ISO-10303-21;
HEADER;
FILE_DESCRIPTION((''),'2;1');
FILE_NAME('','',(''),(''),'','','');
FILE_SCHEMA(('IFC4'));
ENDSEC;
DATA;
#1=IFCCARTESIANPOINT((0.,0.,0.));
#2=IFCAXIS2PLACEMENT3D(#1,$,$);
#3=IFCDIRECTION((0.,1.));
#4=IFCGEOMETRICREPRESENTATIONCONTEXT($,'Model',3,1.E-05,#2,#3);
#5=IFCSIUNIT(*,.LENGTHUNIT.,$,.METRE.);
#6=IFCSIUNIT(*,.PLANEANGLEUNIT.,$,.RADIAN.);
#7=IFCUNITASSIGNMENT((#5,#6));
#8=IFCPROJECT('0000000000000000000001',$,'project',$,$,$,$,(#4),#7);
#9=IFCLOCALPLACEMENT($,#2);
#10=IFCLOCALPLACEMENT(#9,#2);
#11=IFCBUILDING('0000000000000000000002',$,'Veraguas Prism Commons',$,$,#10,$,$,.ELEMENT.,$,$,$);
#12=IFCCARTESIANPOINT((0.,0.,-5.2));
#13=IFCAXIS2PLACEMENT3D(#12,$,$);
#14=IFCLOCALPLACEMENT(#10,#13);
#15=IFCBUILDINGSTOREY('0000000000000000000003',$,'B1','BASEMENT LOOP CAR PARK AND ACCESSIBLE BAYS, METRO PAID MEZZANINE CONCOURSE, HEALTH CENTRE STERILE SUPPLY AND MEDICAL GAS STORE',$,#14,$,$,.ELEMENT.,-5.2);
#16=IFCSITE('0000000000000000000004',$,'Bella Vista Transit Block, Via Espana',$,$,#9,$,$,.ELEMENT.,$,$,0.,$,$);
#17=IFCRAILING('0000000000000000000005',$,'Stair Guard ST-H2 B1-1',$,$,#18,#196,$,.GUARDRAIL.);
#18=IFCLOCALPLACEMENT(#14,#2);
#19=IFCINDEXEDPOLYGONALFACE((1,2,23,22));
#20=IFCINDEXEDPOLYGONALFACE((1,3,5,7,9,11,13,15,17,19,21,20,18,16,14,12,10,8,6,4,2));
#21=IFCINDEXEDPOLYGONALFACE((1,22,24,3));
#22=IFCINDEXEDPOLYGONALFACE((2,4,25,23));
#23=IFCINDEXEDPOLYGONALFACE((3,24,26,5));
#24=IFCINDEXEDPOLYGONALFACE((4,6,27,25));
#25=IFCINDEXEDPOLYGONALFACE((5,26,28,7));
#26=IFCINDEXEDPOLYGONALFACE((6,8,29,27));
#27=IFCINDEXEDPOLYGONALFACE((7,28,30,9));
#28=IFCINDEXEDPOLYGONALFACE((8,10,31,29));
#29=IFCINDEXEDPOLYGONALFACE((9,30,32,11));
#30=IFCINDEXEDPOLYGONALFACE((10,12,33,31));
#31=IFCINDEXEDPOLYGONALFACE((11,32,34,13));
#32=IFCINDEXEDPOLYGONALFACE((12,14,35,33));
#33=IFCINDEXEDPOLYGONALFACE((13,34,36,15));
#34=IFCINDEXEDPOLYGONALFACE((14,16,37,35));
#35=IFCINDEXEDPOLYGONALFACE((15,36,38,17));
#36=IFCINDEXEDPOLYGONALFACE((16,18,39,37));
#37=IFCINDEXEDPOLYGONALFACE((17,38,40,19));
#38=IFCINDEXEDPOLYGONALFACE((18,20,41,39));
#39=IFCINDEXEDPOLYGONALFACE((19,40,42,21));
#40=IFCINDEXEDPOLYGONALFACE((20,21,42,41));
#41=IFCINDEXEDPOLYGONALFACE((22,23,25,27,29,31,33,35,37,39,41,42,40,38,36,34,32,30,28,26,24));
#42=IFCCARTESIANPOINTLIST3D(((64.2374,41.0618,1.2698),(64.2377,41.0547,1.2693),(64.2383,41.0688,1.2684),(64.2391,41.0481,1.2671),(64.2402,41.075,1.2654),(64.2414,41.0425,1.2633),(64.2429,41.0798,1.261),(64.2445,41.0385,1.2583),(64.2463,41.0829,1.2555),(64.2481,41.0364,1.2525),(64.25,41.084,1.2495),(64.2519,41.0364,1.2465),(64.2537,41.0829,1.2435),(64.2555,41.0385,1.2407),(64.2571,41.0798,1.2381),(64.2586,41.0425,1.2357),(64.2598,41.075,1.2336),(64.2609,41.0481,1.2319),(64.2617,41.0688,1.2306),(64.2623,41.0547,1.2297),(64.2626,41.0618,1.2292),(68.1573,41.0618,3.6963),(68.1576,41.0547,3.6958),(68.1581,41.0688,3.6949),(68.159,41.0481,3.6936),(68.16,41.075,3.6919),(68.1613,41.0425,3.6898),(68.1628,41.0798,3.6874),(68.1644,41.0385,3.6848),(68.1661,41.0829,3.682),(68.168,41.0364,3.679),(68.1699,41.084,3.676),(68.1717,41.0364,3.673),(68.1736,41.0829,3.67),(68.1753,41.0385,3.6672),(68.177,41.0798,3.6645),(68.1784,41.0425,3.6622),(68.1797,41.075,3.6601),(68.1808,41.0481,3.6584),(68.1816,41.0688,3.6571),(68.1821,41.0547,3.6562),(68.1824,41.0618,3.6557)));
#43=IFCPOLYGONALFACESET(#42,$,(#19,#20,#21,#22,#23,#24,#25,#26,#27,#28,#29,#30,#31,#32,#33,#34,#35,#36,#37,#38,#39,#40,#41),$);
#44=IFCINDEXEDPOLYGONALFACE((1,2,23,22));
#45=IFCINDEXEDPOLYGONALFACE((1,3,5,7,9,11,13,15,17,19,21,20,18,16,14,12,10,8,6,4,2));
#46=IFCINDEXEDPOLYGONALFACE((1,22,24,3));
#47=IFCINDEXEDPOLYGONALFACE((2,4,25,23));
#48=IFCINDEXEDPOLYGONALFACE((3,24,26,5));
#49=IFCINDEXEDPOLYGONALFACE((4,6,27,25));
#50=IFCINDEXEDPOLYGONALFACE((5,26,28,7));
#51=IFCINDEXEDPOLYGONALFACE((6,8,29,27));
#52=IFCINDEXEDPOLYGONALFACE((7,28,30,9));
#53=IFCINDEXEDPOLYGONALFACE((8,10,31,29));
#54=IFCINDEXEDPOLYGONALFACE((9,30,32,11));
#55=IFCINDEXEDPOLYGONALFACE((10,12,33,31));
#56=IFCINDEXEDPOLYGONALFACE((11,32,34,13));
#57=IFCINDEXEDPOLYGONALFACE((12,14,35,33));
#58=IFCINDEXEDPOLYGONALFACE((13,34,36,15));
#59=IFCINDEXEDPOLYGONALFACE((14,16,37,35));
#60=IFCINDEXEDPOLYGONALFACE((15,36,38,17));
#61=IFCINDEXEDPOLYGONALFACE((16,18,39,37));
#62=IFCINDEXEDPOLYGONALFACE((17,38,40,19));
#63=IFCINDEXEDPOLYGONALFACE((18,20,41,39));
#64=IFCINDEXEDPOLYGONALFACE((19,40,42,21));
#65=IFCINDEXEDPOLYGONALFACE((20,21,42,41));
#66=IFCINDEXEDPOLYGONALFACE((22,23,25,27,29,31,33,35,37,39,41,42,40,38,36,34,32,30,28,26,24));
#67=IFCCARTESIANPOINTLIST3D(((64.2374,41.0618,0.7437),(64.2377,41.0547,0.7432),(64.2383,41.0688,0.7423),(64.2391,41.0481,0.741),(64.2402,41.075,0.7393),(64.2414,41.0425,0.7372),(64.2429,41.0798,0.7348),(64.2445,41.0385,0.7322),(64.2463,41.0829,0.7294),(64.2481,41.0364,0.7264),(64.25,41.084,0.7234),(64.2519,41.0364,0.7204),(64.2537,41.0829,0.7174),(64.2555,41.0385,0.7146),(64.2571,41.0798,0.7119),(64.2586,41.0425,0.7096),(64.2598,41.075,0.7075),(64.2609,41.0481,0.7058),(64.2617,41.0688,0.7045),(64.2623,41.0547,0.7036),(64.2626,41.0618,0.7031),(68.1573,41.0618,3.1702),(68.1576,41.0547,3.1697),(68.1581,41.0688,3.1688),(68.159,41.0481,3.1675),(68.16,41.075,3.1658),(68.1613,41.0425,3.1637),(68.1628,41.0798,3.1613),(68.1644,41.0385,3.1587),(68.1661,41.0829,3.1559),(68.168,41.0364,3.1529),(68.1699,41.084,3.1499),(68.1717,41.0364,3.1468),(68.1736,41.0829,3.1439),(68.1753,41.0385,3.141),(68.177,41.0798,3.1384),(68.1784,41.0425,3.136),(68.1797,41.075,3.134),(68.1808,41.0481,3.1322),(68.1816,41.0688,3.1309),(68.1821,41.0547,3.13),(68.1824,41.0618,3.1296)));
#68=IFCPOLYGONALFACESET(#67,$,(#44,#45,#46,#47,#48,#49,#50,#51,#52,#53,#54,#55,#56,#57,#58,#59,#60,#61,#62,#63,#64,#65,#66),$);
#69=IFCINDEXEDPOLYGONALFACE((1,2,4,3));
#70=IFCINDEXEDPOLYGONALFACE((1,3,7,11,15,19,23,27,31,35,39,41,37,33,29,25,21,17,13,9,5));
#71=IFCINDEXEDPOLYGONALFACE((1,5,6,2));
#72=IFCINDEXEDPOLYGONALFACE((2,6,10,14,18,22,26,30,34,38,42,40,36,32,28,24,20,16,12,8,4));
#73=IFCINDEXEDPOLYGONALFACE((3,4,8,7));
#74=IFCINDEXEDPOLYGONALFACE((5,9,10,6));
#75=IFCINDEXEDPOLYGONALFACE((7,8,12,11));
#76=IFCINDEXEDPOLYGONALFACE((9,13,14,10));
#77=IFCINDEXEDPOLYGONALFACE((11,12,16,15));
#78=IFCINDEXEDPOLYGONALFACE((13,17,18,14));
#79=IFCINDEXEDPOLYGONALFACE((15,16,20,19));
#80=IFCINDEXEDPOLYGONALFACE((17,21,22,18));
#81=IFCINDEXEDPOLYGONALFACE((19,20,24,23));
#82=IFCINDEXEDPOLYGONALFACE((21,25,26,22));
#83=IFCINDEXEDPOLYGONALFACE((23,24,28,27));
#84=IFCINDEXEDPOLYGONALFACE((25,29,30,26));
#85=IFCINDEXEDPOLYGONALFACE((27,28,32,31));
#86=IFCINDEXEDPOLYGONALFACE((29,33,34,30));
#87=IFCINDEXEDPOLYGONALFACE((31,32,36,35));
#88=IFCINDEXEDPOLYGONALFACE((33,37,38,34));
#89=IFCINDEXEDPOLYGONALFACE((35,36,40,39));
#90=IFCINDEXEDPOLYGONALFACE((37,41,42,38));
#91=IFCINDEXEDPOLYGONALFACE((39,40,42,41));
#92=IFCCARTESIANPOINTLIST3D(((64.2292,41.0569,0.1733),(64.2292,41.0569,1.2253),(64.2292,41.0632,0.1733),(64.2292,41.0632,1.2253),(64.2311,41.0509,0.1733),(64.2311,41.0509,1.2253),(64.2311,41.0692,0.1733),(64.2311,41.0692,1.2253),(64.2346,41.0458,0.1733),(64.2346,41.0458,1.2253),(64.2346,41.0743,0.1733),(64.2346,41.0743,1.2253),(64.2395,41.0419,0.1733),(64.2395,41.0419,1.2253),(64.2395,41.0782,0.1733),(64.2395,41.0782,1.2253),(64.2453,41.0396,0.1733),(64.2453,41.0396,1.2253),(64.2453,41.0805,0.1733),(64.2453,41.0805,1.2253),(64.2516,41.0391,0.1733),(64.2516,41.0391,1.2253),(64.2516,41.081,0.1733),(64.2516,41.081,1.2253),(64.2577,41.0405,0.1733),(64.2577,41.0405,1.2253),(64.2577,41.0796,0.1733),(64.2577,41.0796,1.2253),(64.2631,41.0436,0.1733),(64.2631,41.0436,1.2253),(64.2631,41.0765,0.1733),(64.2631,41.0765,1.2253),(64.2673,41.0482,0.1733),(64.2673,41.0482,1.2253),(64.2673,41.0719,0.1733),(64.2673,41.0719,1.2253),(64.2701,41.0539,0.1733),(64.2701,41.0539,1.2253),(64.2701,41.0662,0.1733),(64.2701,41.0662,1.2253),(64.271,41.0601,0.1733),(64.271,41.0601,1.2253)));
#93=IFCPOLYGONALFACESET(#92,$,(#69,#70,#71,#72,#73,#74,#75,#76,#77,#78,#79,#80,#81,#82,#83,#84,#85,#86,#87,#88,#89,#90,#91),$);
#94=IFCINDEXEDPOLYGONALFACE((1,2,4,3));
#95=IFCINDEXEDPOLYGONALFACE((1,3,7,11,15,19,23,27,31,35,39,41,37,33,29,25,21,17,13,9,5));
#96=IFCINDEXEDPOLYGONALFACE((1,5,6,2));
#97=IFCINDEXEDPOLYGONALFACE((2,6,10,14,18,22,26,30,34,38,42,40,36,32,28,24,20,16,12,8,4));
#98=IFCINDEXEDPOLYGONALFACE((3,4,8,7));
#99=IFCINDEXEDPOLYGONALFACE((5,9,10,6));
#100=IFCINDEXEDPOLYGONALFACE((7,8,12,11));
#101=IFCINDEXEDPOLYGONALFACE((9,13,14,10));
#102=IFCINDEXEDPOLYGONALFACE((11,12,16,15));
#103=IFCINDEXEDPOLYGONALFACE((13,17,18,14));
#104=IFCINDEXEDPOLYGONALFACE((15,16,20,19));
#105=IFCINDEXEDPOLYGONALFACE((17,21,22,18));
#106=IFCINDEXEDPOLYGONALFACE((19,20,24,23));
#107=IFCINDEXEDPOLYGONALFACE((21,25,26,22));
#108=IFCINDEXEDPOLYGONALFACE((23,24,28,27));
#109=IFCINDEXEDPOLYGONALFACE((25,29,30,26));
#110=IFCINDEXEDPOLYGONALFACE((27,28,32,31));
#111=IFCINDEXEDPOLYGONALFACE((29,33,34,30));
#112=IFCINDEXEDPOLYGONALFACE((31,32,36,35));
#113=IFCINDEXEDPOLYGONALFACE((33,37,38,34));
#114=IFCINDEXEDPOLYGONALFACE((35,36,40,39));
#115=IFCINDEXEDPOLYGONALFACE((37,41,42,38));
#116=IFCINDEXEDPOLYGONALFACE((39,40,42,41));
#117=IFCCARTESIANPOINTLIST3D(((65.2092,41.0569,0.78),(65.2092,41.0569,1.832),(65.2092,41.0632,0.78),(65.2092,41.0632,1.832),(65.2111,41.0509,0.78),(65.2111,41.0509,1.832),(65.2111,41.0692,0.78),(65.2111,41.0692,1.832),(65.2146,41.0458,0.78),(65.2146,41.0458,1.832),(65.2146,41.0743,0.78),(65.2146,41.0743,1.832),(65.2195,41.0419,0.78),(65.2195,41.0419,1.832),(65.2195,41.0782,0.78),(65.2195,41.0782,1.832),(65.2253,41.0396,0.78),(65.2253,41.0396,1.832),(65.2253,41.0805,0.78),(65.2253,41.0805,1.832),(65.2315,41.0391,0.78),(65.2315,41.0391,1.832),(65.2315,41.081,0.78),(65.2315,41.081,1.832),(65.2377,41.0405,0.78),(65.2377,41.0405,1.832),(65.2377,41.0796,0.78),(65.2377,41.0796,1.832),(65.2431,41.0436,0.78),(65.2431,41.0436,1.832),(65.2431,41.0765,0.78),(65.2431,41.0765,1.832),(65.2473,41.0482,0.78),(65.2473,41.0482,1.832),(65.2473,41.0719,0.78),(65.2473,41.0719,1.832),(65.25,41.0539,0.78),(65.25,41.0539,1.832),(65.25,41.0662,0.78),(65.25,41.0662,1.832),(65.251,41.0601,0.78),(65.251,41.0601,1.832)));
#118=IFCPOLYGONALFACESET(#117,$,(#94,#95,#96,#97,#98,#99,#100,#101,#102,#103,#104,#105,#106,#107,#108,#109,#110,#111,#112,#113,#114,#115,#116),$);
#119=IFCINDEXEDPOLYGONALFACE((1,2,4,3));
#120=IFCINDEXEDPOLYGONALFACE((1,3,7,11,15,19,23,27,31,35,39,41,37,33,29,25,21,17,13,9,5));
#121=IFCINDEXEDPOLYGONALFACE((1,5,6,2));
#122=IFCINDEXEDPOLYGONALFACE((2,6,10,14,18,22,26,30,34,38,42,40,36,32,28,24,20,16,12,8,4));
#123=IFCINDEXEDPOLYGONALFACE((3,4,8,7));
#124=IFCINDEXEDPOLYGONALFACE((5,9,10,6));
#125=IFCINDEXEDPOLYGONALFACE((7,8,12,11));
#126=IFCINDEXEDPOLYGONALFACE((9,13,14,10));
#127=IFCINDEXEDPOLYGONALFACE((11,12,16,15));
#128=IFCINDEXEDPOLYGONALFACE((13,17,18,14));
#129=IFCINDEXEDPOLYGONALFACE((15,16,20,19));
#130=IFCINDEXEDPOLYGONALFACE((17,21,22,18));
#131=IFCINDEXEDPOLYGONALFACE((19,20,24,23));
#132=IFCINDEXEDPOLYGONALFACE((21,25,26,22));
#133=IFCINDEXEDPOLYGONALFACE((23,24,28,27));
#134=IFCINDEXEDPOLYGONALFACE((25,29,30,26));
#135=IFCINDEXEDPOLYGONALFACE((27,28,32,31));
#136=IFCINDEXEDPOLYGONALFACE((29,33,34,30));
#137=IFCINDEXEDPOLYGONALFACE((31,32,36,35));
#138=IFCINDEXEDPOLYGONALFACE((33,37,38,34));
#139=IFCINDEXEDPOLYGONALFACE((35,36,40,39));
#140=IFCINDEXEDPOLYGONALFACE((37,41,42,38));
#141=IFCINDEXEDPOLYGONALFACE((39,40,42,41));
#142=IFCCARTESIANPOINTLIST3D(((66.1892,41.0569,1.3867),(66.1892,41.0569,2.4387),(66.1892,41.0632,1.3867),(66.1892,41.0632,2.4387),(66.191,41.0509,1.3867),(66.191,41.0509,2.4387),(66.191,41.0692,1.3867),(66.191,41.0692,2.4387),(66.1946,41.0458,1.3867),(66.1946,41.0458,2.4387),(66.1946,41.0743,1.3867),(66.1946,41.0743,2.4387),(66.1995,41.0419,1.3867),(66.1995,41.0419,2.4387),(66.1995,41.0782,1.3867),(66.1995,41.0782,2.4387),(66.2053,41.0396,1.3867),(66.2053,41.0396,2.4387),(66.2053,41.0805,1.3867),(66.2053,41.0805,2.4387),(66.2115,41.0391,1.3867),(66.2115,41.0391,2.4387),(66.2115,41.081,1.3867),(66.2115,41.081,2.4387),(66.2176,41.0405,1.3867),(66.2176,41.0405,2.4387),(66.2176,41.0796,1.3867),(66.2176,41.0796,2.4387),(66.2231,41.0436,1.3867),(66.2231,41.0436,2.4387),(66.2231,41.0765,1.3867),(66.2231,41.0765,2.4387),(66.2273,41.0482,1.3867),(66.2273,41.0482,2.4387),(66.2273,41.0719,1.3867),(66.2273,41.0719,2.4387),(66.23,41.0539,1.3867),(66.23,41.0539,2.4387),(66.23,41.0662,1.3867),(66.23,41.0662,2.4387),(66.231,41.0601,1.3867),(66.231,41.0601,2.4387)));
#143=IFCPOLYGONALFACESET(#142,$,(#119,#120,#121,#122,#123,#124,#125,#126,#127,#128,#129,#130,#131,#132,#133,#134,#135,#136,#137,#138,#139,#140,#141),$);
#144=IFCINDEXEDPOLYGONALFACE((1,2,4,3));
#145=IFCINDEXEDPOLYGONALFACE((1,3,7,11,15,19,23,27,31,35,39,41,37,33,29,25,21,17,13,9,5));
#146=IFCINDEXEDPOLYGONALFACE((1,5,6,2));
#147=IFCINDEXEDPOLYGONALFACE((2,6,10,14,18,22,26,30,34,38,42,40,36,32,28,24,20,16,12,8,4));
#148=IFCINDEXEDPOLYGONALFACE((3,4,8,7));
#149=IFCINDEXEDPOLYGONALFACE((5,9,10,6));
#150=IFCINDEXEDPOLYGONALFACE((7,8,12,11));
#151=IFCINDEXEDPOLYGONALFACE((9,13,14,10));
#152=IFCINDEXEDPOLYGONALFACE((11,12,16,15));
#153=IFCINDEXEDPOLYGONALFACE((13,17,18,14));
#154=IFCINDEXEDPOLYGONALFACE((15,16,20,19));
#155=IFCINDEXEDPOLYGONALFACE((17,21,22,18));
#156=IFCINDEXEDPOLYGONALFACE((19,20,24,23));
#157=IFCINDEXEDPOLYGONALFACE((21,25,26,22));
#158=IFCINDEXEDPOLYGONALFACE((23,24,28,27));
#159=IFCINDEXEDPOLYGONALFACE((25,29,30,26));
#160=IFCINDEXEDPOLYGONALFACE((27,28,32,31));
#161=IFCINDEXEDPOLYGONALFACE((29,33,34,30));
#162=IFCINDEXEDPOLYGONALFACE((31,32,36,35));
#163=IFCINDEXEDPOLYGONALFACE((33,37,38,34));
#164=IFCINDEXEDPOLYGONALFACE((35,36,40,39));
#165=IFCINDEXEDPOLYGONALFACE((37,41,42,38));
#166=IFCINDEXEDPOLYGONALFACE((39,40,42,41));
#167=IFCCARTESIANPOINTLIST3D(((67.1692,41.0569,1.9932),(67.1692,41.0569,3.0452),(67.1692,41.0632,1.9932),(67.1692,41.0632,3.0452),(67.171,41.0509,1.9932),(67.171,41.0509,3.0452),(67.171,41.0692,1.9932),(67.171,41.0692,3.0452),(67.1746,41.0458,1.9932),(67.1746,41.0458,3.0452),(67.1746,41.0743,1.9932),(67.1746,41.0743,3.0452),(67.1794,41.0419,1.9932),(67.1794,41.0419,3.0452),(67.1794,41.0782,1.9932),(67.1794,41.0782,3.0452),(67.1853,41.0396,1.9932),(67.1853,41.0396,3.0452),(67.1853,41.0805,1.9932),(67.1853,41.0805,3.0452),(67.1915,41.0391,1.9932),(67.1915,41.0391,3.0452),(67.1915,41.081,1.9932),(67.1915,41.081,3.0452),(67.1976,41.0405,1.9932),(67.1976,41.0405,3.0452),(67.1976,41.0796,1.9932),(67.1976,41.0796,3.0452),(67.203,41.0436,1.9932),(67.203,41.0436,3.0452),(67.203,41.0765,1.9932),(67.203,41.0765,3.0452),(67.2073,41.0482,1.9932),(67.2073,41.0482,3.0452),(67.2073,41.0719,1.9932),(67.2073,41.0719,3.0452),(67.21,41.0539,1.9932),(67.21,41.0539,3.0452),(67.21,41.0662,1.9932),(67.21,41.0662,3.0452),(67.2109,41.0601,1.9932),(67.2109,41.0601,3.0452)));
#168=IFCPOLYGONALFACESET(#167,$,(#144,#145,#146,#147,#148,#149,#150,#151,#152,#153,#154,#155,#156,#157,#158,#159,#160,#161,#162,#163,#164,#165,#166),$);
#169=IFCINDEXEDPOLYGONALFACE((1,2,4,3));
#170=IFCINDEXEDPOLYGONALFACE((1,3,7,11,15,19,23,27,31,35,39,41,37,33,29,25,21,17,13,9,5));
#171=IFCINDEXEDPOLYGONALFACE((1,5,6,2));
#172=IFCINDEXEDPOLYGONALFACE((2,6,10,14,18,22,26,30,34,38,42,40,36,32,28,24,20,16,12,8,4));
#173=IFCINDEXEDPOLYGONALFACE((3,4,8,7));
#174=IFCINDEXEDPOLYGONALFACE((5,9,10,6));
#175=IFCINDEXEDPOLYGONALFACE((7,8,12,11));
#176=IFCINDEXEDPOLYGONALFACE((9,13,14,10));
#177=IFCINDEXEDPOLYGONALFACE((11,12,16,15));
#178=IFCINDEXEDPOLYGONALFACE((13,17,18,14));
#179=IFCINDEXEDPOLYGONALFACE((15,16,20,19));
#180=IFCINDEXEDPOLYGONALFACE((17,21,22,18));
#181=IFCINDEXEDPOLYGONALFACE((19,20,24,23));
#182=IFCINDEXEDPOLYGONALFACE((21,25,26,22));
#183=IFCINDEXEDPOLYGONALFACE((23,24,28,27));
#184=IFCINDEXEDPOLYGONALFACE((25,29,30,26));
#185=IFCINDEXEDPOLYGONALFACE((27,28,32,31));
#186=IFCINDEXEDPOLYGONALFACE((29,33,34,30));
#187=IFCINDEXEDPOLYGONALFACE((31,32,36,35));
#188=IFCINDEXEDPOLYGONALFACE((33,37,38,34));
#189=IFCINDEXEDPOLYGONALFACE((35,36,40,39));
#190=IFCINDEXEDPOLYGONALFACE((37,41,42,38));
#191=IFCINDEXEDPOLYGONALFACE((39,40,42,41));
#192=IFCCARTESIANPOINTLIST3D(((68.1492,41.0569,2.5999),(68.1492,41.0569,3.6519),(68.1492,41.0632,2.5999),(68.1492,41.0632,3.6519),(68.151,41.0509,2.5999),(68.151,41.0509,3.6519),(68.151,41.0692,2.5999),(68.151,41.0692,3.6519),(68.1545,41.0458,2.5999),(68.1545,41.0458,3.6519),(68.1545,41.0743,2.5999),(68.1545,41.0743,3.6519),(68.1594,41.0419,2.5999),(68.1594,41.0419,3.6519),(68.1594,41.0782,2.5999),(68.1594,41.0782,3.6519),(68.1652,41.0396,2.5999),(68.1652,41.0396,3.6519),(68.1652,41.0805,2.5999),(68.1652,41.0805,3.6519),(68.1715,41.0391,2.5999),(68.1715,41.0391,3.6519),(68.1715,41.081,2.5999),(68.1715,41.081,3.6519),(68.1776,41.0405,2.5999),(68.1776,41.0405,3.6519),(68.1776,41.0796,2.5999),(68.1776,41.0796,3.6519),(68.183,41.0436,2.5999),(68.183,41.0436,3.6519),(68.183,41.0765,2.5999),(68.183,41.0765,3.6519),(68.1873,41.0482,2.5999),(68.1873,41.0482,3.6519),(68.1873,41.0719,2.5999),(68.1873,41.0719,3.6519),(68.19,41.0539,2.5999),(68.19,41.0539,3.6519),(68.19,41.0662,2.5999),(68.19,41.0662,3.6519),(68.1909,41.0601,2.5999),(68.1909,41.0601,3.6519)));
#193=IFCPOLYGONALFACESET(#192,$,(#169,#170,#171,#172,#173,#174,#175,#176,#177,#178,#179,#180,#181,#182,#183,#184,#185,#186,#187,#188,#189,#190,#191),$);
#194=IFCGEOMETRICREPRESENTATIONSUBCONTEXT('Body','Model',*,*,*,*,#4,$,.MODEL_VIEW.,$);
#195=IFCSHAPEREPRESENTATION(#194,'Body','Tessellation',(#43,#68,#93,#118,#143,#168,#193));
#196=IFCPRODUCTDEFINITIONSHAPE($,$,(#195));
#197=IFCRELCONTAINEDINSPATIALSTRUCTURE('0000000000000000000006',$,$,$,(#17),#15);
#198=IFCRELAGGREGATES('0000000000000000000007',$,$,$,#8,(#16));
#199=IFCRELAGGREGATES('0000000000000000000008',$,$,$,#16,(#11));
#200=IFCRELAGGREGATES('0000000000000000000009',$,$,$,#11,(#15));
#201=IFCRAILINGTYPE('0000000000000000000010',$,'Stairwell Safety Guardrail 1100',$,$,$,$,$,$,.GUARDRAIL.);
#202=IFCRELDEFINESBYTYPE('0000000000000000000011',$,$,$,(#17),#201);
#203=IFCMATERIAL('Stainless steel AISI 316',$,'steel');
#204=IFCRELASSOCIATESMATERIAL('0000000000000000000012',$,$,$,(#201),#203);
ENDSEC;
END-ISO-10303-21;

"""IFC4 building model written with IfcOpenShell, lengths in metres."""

from ifc_helpers import new_model, si_unit, direction, frame, origin, origin_2d, place, context, subcontext, project, spatial, circle, extrude, material, type_object, element, save


model = new_model("IFC4")

# Units and contexts
model_context = context("Model", 3, precision=1e-05, world=origin(), true_north=direction((0.0, 1.0)))
body_context = subcontext(model_context, "Body", "Model", "MODEL_VIEW")
ifc_project = project(units=[si_unit("LENGTHUNIT", "METRE"), si_unit("PLANEANGLEUNIT", "RADIAN")], contexts=[model_context])

# Site, building, storey
site_placement = place(None, origin())
site = spatial("IfcSite", under=ifc_project, at=site_placement, Name="Bella Vista Transit Block, Via Espana", CompositionType="ELEMENT", RefElevation=0.0)
building_placement = place(site_placement, origin())
building = spatial("IfcBuilding", under=site, at=building_placement, Name="Veraguas Prism Commons", CompositionType="ELEMENT")
storey_placement = place(building_placement, frame((0.0, 0.0, -5.2)))
storey = spatial("IfcBuildingStorey", under=building, at=storey_placement, Name="B1", Description="BASEMENT LOOP CAR PARK AND ACCESSIBLE BAYS, METRO PAID MEZZANINE CONCOURSE, HEALTH CENTRE STERILE SUPPLY AND MEDICAL GAS STORE", CompositionType="ELEMENT", Elevation=-5.2)

# Railing
ifc_material_1 = material(Name="Stainless steel AISI 316", Category="steel")
railing_type_1 = type_object("IfcRailingType", Name="Stairwell Safety Guardrail 1100", PredefinedType="GUARDRAIL", material=ifc_material_1)
railing_1_placement = place(storey_placement, frame((64.25, 41.0601, 0.1733)))
element("IfcRailing", 1, at=railing_1_placement, inside=storey, type_object=railing_type_1, Name="Stair Guard ST-H2 B1-1", PredefinedType="GUARDRAIL", context=body_context, shape_type="SweptSolid", body=[
    extrude(circle(Radius=0.0239, at=origin_2d()), frame((0.0, 0.0, 1.0762), z_axis=(0.850275, 0.0, 0.526338), x_axis=(0.0, 1.0, 0.0)), (0.0, 0.0, 1.0), 4.6101),
    extrude(circle(Radius=0.0239, at=origin_2d()), frame((0.0, 0.0, 0.55), z_axis=(0.850275, 0.0, 0.526338), x_axis=(0.0, 1.0, 0.0)), (0.0, 0.0, 1.0), 4.6101),
    extrude(circle(Radius=0.021, at=origin_2d()), origin(), (0.0, 0.0, 1.0), 1.052),
    extrude(circle(Radius=0.021, at=origin_2d()), frame((0.98, 0.0, 0.6067)), (0.0, 0.0, 1.0), 1.052),
    extrude(circle(Radius=0.021, at=origin_2d()), frame((1.96, 0.0, 1.2134)), (0.0, 0.0, 1.0), 1.052),
    extrude(circle(Radius=0.021, at=origin_2d()), frame((2.9399, 0.0, 1.8198)), (0.0, 0.0, 1.0), 1.052),
    extrude(circle(Radius=0.021, at=origin_2d()), frame((3.9199, 0.0, 2.4265)), (0.0, 0.0, 1.0), 1.052),
])

save(model, "model.ifc")
